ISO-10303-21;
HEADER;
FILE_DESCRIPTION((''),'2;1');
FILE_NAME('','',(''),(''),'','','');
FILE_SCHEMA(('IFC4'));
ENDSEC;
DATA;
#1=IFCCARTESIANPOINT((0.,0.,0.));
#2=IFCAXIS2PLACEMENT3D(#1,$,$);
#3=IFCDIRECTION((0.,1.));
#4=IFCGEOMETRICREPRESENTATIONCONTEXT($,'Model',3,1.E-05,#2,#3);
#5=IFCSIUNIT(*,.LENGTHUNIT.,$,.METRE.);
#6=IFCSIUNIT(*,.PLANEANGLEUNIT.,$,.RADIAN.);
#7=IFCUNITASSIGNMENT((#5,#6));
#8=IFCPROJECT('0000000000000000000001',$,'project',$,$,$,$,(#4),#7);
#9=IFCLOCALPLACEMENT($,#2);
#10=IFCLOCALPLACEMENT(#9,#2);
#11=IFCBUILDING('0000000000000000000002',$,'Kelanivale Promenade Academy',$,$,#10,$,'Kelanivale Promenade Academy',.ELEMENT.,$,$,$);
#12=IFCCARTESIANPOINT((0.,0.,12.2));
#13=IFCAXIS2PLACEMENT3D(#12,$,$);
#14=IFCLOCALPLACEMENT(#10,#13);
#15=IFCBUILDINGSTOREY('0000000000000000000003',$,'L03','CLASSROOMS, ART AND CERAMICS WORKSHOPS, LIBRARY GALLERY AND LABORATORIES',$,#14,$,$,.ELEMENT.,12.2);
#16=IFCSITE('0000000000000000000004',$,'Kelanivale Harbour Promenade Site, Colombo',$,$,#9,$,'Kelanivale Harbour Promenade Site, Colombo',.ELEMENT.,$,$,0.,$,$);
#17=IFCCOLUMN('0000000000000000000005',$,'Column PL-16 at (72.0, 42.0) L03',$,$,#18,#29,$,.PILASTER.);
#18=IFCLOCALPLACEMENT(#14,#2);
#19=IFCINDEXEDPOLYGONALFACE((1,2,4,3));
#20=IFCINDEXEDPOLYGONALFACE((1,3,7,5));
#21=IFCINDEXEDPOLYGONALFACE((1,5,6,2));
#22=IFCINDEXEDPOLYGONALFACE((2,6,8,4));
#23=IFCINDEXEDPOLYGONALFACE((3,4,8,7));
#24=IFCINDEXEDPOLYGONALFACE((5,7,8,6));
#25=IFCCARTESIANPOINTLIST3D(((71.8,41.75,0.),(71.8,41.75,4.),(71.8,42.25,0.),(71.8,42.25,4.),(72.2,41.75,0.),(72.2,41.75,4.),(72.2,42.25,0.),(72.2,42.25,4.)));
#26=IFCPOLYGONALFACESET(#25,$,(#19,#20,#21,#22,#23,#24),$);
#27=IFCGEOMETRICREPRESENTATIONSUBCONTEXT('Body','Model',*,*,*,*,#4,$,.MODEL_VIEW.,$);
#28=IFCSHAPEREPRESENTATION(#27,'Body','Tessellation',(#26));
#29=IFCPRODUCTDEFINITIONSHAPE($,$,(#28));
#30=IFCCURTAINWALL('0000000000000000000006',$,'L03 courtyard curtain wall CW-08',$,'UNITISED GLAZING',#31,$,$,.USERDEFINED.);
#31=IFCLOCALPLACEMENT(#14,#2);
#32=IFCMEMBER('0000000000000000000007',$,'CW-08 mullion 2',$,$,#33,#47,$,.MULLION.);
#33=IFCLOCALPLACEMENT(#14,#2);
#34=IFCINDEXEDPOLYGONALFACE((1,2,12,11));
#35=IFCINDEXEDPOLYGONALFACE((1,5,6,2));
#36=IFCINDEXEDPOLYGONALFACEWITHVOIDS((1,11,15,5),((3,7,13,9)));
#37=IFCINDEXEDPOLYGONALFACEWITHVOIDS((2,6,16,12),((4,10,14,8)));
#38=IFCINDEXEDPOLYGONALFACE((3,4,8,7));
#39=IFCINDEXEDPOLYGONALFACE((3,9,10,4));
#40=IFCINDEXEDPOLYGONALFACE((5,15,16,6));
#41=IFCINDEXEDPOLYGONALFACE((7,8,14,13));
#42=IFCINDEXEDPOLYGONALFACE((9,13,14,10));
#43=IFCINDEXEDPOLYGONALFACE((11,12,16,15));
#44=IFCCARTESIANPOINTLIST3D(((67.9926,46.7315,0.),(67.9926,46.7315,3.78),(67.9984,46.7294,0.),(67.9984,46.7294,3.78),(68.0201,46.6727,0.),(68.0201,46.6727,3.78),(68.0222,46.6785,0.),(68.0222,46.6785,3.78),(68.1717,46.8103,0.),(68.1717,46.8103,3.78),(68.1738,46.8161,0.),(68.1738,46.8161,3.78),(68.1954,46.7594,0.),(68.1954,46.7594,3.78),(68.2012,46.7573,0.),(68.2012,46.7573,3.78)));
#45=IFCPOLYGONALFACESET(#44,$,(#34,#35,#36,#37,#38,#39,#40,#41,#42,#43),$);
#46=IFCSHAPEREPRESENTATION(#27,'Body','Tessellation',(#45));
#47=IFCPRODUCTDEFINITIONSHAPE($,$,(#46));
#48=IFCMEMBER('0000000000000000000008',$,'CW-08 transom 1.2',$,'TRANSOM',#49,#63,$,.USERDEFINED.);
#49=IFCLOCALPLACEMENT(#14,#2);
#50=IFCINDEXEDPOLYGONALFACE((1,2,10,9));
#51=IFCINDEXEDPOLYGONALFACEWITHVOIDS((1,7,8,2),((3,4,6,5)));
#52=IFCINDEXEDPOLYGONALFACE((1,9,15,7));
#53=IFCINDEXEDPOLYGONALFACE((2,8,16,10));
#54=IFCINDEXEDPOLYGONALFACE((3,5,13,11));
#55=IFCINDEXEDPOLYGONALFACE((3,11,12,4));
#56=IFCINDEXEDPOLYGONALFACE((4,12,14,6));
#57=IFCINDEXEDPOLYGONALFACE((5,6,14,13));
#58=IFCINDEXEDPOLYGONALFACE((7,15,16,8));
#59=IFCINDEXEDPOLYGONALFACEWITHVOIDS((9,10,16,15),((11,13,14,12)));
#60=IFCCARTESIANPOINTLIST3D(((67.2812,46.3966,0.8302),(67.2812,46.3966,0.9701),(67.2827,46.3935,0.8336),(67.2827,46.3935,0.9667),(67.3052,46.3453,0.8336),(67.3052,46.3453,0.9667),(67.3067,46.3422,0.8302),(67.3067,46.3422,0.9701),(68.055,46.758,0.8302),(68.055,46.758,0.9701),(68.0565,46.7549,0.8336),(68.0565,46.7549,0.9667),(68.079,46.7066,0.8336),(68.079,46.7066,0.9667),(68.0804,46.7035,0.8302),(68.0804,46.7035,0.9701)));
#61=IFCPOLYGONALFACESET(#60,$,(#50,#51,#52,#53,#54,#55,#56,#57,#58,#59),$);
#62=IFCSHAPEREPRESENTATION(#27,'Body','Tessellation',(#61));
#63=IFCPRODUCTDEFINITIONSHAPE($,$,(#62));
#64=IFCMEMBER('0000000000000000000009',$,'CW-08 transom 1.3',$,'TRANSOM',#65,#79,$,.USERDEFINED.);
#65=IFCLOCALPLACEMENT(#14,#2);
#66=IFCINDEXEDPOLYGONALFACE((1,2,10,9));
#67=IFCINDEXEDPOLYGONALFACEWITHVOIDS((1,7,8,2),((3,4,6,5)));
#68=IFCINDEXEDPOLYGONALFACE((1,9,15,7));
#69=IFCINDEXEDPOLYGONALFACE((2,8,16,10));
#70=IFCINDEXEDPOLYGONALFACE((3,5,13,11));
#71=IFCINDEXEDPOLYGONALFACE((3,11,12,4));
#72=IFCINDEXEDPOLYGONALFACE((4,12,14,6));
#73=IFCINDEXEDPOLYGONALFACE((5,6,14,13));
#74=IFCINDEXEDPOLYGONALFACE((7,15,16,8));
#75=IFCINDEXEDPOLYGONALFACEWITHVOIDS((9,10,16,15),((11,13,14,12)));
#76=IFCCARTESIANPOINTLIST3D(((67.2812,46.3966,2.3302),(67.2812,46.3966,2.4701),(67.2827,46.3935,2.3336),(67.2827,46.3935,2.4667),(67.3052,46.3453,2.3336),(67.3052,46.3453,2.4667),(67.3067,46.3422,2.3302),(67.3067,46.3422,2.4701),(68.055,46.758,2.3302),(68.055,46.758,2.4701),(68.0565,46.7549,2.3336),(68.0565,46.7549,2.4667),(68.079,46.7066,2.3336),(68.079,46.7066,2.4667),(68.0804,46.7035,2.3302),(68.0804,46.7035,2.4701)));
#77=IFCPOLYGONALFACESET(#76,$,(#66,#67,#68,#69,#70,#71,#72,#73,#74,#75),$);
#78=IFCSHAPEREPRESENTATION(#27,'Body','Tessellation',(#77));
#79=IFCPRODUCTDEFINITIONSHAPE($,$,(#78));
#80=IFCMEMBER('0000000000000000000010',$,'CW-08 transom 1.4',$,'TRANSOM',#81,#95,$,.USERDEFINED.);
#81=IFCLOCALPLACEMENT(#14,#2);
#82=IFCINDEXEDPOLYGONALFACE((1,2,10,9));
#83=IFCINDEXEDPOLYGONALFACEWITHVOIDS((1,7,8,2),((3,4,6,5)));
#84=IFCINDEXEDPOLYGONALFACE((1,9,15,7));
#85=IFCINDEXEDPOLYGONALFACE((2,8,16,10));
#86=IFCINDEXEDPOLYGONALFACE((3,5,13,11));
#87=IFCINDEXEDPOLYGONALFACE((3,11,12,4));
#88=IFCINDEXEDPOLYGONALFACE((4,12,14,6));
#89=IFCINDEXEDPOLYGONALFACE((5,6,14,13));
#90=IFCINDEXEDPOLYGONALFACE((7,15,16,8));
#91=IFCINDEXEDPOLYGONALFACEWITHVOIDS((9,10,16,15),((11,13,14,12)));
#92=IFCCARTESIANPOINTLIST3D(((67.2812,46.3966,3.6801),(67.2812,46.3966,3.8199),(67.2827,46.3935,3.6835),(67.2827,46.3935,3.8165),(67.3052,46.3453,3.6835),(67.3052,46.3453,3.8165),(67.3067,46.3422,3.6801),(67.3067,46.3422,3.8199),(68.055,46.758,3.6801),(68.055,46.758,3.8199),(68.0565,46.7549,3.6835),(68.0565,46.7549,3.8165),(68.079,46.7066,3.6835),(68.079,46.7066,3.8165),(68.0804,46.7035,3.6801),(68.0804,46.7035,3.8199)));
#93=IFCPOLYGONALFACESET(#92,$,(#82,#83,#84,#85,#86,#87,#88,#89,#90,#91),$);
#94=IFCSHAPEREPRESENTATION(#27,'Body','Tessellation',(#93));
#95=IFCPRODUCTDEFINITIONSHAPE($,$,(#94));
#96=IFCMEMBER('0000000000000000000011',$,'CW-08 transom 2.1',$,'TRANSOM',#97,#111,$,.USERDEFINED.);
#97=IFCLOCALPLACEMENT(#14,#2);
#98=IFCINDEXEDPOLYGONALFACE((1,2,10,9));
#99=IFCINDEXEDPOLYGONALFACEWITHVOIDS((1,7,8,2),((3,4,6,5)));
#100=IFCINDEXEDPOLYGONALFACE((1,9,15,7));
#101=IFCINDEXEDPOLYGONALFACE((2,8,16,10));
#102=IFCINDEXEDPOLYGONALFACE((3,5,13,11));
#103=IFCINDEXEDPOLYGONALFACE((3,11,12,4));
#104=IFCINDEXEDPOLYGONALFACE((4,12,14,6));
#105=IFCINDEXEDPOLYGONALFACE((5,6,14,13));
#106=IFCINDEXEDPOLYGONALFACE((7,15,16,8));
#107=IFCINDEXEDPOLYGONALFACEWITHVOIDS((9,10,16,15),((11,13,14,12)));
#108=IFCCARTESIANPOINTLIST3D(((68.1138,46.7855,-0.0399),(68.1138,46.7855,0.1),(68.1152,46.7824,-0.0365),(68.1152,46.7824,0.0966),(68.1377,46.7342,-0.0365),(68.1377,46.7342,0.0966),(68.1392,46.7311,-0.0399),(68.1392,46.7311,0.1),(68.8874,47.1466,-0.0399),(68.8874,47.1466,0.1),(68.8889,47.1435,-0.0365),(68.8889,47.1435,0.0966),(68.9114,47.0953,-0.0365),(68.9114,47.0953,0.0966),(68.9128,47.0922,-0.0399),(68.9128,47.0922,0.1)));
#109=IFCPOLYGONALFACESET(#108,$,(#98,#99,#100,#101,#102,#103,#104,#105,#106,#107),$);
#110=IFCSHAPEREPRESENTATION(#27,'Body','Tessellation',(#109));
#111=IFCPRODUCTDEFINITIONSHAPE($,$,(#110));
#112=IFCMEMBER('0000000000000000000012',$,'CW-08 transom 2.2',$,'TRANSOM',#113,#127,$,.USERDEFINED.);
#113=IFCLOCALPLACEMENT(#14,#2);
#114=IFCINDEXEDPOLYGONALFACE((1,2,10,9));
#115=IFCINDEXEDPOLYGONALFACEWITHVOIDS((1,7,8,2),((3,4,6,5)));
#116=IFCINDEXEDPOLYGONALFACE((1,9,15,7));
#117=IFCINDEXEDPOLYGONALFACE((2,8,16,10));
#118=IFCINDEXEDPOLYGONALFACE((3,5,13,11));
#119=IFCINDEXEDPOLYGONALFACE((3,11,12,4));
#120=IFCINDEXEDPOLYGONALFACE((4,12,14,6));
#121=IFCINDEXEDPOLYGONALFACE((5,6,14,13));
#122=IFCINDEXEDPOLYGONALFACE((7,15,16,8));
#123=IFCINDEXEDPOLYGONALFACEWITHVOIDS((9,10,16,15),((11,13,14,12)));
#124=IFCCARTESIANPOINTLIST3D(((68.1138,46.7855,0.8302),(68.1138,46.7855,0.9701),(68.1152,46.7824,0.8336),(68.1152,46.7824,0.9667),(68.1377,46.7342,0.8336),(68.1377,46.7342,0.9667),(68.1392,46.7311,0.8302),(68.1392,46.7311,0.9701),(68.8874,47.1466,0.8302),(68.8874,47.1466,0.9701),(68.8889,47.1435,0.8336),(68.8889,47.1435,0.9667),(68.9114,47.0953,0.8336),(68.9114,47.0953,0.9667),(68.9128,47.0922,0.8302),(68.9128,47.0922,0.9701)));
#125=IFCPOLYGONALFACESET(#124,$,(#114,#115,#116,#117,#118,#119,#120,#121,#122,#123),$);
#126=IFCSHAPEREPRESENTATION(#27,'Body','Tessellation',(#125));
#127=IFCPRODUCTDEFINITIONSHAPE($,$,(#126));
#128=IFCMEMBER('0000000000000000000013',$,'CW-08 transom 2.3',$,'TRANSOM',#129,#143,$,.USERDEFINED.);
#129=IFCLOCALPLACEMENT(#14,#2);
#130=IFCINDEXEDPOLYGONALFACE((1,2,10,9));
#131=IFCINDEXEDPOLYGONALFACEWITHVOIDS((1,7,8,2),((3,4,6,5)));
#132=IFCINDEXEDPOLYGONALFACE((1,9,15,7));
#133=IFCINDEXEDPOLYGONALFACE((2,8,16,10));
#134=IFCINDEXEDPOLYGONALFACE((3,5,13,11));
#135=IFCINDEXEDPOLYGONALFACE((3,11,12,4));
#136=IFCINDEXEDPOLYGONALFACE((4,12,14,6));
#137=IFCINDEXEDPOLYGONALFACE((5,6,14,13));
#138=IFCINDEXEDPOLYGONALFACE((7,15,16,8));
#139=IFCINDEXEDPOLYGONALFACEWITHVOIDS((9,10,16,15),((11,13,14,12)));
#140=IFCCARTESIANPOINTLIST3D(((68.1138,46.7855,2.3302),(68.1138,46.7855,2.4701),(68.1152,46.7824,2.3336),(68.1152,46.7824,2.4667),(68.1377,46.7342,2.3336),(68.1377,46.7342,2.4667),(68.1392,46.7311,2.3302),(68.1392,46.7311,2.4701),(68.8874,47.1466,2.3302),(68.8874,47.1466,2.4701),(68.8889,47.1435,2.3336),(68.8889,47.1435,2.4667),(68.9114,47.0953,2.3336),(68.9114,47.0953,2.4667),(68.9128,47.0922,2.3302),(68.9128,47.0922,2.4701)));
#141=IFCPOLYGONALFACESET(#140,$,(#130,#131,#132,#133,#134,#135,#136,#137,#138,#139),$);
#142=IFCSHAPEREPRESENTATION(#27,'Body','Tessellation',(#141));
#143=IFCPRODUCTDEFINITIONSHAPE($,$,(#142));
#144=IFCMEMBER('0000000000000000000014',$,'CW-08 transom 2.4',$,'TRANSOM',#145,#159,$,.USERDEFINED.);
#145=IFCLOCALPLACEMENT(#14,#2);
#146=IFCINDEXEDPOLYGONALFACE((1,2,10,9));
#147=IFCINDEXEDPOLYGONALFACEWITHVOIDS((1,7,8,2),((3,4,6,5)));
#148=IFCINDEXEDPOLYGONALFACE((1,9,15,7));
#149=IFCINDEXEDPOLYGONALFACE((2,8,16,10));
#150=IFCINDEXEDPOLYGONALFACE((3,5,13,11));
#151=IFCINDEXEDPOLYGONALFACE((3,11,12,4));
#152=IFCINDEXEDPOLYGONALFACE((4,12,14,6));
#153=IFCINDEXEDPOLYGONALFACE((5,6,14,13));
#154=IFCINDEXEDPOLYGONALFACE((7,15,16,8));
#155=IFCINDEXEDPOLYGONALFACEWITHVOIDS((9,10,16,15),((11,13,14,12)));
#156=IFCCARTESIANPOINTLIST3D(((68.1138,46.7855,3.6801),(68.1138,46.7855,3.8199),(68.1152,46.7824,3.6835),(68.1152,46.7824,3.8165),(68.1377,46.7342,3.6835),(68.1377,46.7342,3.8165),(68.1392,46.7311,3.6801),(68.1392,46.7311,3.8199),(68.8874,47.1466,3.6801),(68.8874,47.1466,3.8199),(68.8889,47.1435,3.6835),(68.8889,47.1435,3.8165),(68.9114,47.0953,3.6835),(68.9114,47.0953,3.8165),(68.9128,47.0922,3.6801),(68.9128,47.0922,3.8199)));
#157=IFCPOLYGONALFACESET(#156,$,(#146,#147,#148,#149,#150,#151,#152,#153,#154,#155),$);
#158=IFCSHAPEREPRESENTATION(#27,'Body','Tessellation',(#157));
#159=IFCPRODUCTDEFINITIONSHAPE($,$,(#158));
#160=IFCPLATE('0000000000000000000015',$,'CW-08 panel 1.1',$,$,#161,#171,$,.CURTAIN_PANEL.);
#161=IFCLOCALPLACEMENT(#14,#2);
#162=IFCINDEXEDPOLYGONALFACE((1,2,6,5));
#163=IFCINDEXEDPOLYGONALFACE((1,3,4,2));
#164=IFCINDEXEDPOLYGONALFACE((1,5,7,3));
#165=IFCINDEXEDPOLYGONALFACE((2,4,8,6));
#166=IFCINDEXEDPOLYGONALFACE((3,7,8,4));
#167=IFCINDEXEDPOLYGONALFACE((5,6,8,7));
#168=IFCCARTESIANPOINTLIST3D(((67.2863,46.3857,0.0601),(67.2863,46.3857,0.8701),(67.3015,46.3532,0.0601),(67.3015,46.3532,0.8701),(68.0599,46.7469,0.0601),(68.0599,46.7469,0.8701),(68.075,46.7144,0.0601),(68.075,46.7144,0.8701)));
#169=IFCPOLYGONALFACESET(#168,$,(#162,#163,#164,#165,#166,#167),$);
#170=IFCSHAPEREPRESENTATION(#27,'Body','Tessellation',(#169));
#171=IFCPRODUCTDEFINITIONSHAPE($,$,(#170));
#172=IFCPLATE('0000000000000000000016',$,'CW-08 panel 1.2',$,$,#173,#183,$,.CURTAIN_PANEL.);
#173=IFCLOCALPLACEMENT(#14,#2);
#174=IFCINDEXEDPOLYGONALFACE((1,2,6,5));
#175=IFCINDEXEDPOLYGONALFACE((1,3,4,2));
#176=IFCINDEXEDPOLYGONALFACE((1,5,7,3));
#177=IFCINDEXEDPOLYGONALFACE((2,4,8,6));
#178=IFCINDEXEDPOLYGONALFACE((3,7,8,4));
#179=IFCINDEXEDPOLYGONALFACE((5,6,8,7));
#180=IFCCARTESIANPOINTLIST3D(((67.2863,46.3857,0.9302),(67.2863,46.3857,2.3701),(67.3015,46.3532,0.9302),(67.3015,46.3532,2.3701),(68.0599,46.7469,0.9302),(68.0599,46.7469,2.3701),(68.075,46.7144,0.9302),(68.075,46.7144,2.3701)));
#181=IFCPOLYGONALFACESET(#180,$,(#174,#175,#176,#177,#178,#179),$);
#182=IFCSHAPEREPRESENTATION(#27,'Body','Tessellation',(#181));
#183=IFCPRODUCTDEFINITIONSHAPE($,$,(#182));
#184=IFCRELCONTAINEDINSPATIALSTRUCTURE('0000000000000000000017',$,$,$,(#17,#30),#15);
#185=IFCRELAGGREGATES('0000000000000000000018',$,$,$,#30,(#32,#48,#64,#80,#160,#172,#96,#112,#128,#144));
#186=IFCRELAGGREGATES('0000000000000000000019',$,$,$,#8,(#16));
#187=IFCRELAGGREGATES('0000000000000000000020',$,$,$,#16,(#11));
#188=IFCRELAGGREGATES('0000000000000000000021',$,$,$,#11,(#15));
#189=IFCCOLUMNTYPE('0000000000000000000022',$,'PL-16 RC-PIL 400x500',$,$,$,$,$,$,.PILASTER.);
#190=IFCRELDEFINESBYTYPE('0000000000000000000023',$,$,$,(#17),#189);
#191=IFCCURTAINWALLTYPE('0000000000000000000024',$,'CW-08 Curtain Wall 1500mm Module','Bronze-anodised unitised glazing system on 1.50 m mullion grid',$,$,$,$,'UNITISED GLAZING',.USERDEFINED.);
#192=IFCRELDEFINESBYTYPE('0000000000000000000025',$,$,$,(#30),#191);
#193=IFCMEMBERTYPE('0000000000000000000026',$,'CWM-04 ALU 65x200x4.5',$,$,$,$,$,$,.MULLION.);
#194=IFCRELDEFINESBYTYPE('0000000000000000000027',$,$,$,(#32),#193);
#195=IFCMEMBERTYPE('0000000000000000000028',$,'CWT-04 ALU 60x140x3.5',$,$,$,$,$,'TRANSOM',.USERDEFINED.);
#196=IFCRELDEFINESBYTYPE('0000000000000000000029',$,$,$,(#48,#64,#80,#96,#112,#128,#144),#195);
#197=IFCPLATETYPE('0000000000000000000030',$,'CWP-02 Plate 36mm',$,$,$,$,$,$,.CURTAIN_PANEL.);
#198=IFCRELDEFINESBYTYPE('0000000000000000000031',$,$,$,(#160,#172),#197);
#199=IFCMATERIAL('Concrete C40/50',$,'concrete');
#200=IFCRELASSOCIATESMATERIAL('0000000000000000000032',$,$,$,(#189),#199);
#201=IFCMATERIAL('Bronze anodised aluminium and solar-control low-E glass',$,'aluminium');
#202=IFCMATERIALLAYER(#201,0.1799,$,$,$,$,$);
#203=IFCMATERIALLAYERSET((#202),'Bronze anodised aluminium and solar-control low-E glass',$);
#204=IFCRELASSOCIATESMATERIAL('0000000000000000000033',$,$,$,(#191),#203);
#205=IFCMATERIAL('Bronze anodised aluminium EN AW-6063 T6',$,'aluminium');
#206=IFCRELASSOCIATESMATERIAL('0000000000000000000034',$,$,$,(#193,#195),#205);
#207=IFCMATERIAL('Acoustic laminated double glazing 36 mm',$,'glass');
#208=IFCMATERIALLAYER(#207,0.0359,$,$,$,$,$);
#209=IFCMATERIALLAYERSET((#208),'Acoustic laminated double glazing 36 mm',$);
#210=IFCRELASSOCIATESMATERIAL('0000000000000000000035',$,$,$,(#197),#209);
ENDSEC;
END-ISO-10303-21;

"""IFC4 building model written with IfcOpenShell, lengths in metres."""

from ifc_helpers import new_model, si_unit, direction, frame, origin, origin_2d, place, context, subcontext, project, spatial, rectangle, hollow_rectangle, extrude, material, layer, layer_set, material_profile, profile_set, type_object, element, aggregate, save


model = new_model("IFC4")

# Units and contexts
model_context = context("Model", 3, precision=1e-05, world=origin(), true_north=direction((0.0, 1.0)))
body_context = subcontext(model_context, "Body", "Model", "MODEL_VIEW")
ifc_project = project(units=[si_unit("LENGTHUNIT", "METRE"), si_unit("PLANEANGLEUNIT", "RADIAN")], contexts=[model_context])

# Site, building, storey
site_placement = place(None, origin())
site = spatial("IfcSite", under=ifc_project, at=site_placement, Name="Kelanivale Harbour Promenade Site, Colombo", LongName="Kelanivale Harbour Promenade Site, Colombo", CompositionType="ELEMENT", RefElevation=0.0)
building_placement = place(site_placement, origin())
building = spatial("IfcBuilding", under=site, at=building_placement, Name="Kelanivale Promenade Academy", LongName="Kelanivale Promenade Academy", CompositionType="ELEMENT")
storey_placement = place(building_placement, frame((0.0, 0.0, 12.2)))
storey = spatial("IfcBuildingStorey", under=building, at=storey_placement, Name="L03", Description="CLASSROOMS, ART AND CERAMICS WORKSHOPS, LIBRARY GALLERY AND LABORATORIES", CompositionType="ELEMENT", Elevation=12.2)

# Column
ifc_material_1 = material(Name="Concrete C40/50", Category="concrete")
ifc_material_profile_1 = material_profile(ifc_material_1, rectangle(XDim=0.3999, YDim=0.5, at=origin_2d()), Name="RC-PIL 400x500")
ifc_profile_set_1 = profile_set([ifc_material_profile_1], Name="Concrete C40/50")
column_type = type_object("IfcColumnType", Name="PL-16 RC-PIL 400x500", PredefinedType="PILASTER", material=ifc_profile_set_1)
column_placement = place(storey_placement, frame((72.0, 42.0, 0.0), z_axis=(0.0, 0.0, 1.0), x_axis=(1.0, 0.0, 0.0)))
element("IfcColumn", 1, at=column_placement, inside=storey, type_object=column_type, Name="Column PL-16 at (72.0, 42.0) L03", PredefinedType="PILASTER", context=body_context, shape_type="SweptSolid", body=[
    extrude(rectangle(XDim=0.3999, YDim=0.5, at=origin_2d()), origin(), (0.0, 0.0, 1.0), 4.0),
])

# Curtain wall, members, plates
ifc_material_2 = material(Name="Bronze anodised aluminium and solar-control low-E glass", Category="aluminium")
ifc_layer_1 = layer(ifc_material_2, 0.1799)
ifc_layer_set_1 = layer_set([ifc_layer_1], Name="Bronze anodised aluminium and solar-control low-E glass")
curtain_wall_type = type_object("IfcCurtainWallType", Name="CW-08 Curtain Wall 1500mm Module", Description="Bronze-anodised unitised glazing system on 1.50 m mullion grid", ElementType="UNITISED GLAZING", PredefinedType="USERDEFINED", material=ifc_layer_set_1)
curtain_wall_placement = place(storey_placement, origin())
curtain_wall = element("IfcCurtainWall", 2, at=curtain_wall_placement, inside=storey, type_object=curtain_wall_type, Name="L03 courtyard curtain wall CW-08", ObjectType="UNITISED GLAZING", PredefinedType="USERDEFINED")
ifc_material_3 = material(Name="Bronze anodised aluminium EN AW-6063 T6", Category="aluminium")
ifc_material_profile_2 = material_profile(ifc_material_3, hollow_rectangle(XDim=0.0649, YDim=0.2, WallThickness=0.0044, at=origin_2d()), Name="ALU 65x200x4.5")
ifc_profile_set_2 = profile_set([ifc_material_profile_2], Name="Bronze anodised aluminium EN AW-6063 T6")
member_type_1 = type_object("IfcMemberType", Name="CWM-04 ALU 65x200x4.5", PredefinedType="MULLION", material=ifc_profile_set_2)
member_1_placement = place(storey_placement, frame((68.0969, 46.7444, 0.0), z_axis=(0.0, 0.0, 1.0), x_axis=(-0.423087, 0.906089, 0.0)))
member_1 = element("IfcMember", 3, at=member_1_placement, type_object=member_type_1, Name="CW-08 mullion 2", PredefinedType="MULLION", context=body_context, shape_type="SweptSolid", body=[
    extrude(hollow_rectangle(XDim=0.0649, YDim=0.2, WallThickness=0.0044, at=origin_2d()), origin(), (0.0, 0.0, 1.0), 3.78),
])
ifc_material_profile_3 = material_profile(ifc_material_3, hollow_rectangle(XDim=0.0601, YDim=0.1399, WallThickness=0.0034, at=origin_2d()), Name="ALU 60x140x3.5")
ifc_profile_set_3 = profile_set([ifc_material_profile_3], Name="Bronze anodised aluminium EN AW-6063 T6")
member_type_2 = type_object("IfcMemberType", Name="CWT-04 ALU 60x140x3.5", ElementType="TRANSOM", PredefinedType="USERDEFINED", material=ifc_profile_set_3)
member_2_placement = place(storey_placement, frame((67.2939, 46.3694, 0.9001), z_axis=(0.906059, 0.423152, 0.0), x_axis=(-0.423152, 0.906059, 0.0)))
member_2 = element("IfcMember", 4, at=member_2_placement, type_object=member_type_2, Name="CW-08 transom 1.2", ObjectType="TRANSOM", PredefinedType="USERDEFINED", context=body_context, shape_type="SweptSolid", body=[
    extrude(hollow_rectangle(XDim=0.0601, YDim=0.1399, WallThickness=0.0034, at=origin_2d()), origin(), (0.0, 0.0, 1.0), 0.854),
])
member_3_placement = place(storey_placement, frame((67.2939, 46.3694, 2.4001), z_axis=(0.906059, 0.423152, 0.0), x_axis=(-0.423152, 0.906059, 0.0)))
member_3 = element("IfcMember", 5, at=member_3_placement, type_object=member_type_2, Name="CW-08 transom 1.3", ObjectType="TRANSOM", PredefinedType="USERDEFINED", context=body_context, shape_type="SweptSolid", body=[
    extrude(hollow_rectangle(XDim=0.0601, YDim=0.1399, WallThickness=0.0034, at=origin_2d()), origin(), (0.0, 0.0, 1.0), 0.854),
])
member_4_placement = place(storey_placement, frame((67.2939, 46.3694, 3.75), z_axis=(0.906059, 0.423152, 0.0), x_axis=(-0.423152, 0.906059, 0.0)))
member_4 = element("IfcMember", 6, at=member_4_placement, type_object=member_type_2, Name="CW-08 transom 1.4", ObjectType="TRANSOM", PredefinedType="USERDEFINED", context=body_context, shape_type="SweptSolid", body=[
    extrude(hollow_rectangle(XDim=0.0601, YDim=0.1399, WallThickness=0.0034, at=origin_2d()), origin(), (0.0, 0.0, 1.0), 0.854),
])
member_5_placement = place(storey_placement, frame((68.1265, 46.7583, 0.03), z_axis=(0.906169, 0.422917, 0.0), x_axis=(-0.422917, 0.906169, 0.0)))
member_5 = element("IfcMember", 7, at=member_5_placement, type_object=member_type_2, Name="CW-08 transom 2.1", ObjectType="TRANSOM", PredefinedType="USERDEFINED", context=body_context, shape_type="SweptSolid", body=[
    extrude(hollow_rectangle(XDim=0.0601, YDim=0.1399, WallThickness=0.0034, at=origin_2d()), origin(), (0.0, 0.0, 1.0), 0.8538),
])
member_6_placement = place(storey_placement, frame((68.1265, 46.7583, 0.9001), z_axis=(0.906169, 0.422917, 0.0), x_axis=(-0.422917, 0.906169, 0.0)))
member_6 = element("IfcMember", 8, at=member_6_placement, type_object=member_type_2, Name="CW-08 transom 2.2", ObjectType="TRANSOM", PredefinedType="USERDEFINED", context=body_context, shape_type="SweptSolid", body=[
    extrude(hollow_rectangle(XDim=0.0601, YDim=0.1399, WallThickness=0.0034, at=origin_2d()), origin(), (0.0, 0.0, 1.0), 0.8538),
])
member_7_placement = place(storey_placement, frame((68.1265, 46.7583, 2.4001), z_axis=(0.906169, 0.422917, 0.0), x_axis=(-0.422917, 0.906169, 0.0)))
member_7 = element("IfcMember", 9, at=member_7_placement, type_object=member_type_2, Name="CW-08 transom 2.3", ObjectType="TRANSOM", PredefinedType="USERDEFINED", context=body_context, shape_type="SweptSolid", body=[
    extrude(hollow_rectangle(XDim=0.0601, YDim=0.1399, WallThickness=0.0034, at=origin_2d()), origin(), (0.0, 0.0, 1.0), 0.8538),
])
member_8_placement = place(storey_placement, frame((68.1265, 46.7583, 3.75), z_axis=(0.906169, 0.422917, 0.0), x_axis=(-0.422917, 0.906169, 0.0)))
member_8 = element("IfcMember", 10, at=member_8_placement, type_object=member_type_2, Name="CW-08 transom 2.4", ObjectType="TRANSOM", PredefinedType="USERDEFINED", context=body_context, shape_type="SweptSolid", body=[
    extrude(hollow_rectangle(XDim=0.0601, YDim=0.1399, WallThickness=0.0034, at=origin_2d()), origin(), (0.0, 0.0, 1.0), 0.8538),
])
ifc_material_4 = material(Name="Acoustic laminated double glazing 36 mm", Category="glass")
ifc_layer_2 = layer(ifc_material_4, 0.0359)
ifc_layer_set_2 = layer_set([ifc_layer_2], Name="Acoustic laminated double glazing 36 mm")
plate_type = type_object("IfcPlateType", Name="CWP-02 Plate 36mm", PredefinedType="CURTAIN_PANEL", material=ifc_layer_set_2)
plate_1_placement = place(storey_placement, frame((67.6807, 46.55, 0.0601), z_axis=(0.0, 0.0, 1.0), x_axis=(0.906089, 0.423087, 0.0)))
plate_1 = element("IfcPlate", 11, at=plate_1_placement, type_object=plate_type, Name="CW-08 panel 1.1", PredefinedType="CURTAIN_PANEL", context=body_context, shape_type="SweptSolid", body=[
    extrude(rectangle(XDim=0.8538, YDim=0.0359, at=origin_2d()), origin(), (0.0, 0.0, 1.0), 0.8101),
])
plate_2_placement = place(storey_placement, frame((67.6807, 46.55, 0.9302), z_axis=(0.0, 0.0, 1.0), x_axis=(0.906089, 0.423087, 0.0)))
plate_2 = element("IfcPlate", 12, at=plate_2_placement, type_object=plate_type, Name="CW-08 panel 1.2", PredefinedType="CURTAIN_PANEL", context=body_context, shape_type="SweptSolid", body=[
    extrude(rectangle(XDim=0.8538, YDim=0.0359, at=origin_2d()), origin(), (0.0, 0.0, 1.0), 1.4399),
])
aggregate(curtain_wall, [member_1, member_2, member_3, member_4, plate_1, plate_2, member_5, member_6, member_7, member_8])

save(model, "model.ifc")
